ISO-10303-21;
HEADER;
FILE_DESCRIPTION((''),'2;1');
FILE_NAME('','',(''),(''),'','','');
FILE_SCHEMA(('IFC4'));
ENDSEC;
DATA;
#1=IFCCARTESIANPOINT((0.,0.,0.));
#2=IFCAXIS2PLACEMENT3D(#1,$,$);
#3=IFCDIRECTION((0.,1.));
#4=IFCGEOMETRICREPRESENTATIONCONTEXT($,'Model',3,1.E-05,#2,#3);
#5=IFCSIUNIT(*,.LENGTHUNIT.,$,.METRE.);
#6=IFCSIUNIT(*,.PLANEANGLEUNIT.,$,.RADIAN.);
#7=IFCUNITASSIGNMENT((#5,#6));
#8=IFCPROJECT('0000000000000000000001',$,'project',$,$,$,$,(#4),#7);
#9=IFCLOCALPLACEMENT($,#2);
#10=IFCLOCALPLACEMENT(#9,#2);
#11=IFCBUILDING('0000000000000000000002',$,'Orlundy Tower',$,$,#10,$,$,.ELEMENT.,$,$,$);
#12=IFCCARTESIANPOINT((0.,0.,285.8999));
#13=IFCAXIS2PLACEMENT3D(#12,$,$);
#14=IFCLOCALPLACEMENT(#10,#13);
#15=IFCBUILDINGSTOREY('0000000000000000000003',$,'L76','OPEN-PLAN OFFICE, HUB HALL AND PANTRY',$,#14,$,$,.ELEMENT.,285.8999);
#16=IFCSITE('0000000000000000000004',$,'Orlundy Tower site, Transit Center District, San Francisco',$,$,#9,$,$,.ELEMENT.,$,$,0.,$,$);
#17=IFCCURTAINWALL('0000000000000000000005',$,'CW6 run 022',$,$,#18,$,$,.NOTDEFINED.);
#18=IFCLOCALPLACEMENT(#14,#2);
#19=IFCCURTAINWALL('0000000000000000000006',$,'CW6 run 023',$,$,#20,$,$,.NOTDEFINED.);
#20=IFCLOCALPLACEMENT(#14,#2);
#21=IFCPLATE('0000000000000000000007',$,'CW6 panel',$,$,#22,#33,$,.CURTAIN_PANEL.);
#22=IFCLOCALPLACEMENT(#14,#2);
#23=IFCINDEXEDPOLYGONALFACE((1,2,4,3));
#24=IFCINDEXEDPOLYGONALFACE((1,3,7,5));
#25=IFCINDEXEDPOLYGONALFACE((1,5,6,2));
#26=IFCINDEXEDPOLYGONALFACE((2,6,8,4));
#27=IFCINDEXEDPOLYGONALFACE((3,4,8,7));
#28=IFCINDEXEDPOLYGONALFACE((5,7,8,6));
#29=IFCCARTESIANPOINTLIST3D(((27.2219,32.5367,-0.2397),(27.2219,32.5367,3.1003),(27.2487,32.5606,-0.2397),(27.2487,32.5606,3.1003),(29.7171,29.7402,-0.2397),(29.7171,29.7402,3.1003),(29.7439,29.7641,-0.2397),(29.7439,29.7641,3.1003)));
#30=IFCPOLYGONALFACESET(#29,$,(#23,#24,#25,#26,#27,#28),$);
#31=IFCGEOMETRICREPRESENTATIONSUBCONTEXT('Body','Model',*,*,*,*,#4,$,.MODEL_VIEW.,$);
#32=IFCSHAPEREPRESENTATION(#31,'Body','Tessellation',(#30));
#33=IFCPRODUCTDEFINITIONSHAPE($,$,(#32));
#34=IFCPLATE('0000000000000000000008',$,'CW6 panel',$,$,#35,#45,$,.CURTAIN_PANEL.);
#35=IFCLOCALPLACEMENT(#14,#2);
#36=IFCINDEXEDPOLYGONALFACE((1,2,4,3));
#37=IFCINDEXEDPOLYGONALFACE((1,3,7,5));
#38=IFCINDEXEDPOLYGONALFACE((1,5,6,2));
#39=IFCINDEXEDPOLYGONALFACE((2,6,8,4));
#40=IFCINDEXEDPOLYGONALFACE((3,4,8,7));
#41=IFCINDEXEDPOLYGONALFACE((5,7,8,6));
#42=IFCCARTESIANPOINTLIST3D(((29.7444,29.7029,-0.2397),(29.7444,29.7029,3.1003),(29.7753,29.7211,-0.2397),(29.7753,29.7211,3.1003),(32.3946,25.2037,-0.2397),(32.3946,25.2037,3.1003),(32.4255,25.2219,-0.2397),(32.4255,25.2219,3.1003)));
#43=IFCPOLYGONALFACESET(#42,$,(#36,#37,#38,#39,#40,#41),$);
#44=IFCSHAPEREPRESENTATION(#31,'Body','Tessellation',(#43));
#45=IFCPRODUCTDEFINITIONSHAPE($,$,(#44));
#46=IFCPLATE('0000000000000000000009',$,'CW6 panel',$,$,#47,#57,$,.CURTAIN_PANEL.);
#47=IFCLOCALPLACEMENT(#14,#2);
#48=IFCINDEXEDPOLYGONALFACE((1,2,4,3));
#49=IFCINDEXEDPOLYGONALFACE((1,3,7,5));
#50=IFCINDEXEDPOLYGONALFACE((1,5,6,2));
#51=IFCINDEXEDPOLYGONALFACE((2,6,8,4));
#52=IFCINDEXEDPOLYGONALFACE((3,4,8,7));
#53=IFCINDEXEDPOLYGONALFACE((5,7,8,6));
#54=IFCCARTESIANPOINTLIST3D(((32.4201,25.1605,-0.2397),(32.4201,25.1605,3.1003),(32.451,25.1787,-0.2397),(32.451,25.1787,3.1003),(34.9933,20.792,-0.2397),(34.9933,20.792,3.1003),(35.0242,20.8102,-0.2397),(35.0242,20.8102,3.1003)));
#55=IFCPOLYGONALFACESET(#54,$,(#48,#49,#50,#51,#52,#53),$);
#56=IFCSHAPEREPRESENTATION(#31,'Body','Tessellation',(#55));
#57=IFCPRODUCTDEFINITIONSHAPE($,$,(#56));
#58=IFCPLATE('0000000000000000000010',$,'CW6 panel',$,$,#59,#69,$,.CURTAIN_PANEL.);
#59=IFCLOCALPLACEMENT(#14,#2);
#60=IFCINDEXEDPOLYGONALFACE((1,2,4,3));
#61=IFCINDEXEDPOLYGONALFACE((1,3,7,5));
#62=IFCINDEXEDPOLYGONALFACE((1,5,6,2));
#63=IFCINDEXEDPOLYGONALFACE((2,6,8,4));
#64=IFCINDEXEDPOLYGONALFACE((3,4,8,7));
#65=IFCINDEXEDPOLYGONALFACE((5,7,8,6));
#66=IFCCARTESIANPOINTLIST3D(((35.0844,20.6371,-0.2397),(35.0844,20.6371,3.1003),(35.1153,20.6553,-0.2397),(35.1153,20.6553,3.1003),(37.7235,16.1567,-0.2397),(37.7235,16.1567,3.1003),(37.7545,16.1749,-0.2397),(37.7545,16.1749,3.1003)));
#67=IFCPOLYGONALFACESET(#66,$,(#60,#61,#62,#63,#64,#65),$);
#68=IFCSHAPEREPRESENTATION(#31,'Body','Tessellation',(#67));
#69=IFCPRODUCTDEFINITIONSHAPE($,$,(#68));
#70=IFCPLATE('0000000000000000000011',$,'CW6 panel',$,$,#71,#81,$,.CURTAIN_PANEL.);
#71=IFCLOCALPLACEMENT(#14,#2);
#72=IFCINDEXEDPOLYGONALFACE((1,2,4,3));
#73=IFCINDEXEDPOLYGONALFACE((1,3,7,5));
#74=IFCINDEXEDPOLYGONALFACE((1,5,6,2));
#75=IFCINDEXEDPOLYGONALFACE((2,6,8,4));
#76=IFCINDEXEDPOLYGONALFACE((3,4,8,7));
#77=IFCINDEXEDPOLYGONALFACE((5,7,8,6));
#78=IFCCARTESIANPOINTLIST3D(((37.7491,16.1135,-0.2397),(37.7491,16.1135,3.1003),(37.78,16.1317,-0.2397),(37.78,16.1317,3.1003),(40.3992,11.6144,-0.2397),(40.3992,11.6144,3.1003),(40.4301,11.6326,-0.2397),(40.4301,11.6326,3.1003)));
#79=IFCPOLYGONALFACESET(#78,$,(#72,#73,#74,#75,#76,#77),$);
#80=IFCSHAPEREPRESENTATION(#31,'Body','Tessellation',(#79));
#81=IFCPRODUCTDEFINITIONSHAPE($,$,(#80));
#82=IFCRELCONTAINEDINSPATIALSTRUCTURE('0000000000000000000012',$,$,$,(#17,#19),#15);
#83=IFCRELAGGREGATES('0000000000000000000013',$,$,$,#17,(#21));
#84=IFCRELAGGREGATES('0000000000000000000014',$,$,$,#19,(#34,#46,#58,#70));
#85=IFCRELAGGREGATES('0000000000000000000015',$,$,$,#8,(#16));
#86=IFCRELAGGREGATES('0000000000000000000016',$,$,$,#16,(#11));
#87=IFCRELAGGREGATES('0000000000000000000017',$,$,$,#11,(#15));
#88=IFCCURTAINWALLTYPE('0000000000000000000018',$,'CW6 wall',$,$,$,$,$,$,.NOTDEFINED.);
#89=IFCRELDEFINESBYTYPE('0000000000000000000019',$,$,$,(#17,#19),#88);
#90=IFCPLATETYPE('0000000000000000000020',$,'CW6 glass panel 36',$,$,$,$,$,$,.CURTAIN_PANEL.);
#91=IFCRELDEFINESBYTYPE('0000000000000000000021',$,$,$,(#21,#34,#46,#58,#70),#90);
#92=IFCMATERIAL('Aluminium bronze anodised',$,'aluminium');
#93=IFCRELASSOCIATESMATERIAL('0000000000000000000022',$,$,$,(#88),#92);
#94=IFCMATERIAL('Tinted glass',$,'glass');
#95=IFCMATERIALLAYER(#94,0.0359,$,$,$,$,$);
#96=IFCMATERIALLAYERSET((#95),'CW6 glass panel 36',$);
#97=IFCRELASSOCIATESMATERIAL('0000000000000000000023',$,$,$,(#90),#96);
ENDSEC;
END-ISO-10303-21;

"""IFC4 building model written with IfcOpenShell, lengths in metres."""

from ifc_helpers import new_model, si_unit, direction, frame, origin, origin_2d, place, context, subcontext, project, spatial, rectangle, extrude, material, layer, layer_set, type_object, element, aggregate, save


model = new_model("IFC4")

# Units and contexts
model_context = context("Model", 3, precision=1e-05, world=origin(), true_north=direction((0.0, 1.0)))
body_context = subcontext(model_context, "Body", "Model", "MODEL_VIEW")
ifc_project = project(units=[si_unit("LENGTHUNIT", "METRE"), si_unit("PLANEANGLEUNIT", "RADIAN")], contexts=[model_context])

# Site, building, storey
site_placement = place(None, origin())
site = spatial("IfcSite", under=ifc_project, at=site_placement, Name="Orlundy Tower site, Transit Center District, San Francisco", CompositionType="ELEMENT", RefElevation=0.0)
building_placement = place(site_placement, origin())
building = spatial("IfcBuilding", under=site, at=building_placement, Name="Orlundy Tower", CompositionType="ELEMENT")
storey_placement = place(building_placement, frame((0.0, 0.0, 285.8999)))
storey = spatial("IfcBuildingStorey", under=building, at=storey_placement, Name="L76", Description="OPEN-PLAN OFFICE, HUB HALL AND PANTRY", CompositionType="ELEMENT", Elevation=285.8999)

# Curtain wall
ifc_material_1 = material(Name="Aluminium bronze anodised", Category="aluminium")
curtain_wall_type = type_object("IfcCurtainWallType", Name="CW6 wall", PredefinedType="NOTDEFINED", material=ifc_material_1)
curtain_wall_1_placement = place(storey_placement, origin())
curtain_wall_1 = element("IfcCurtainWall", 1, at=curtain_wall_1_placement, inside=storey, type_object=curtain_wall_type, Name="CW6 run 022", PredefinedType="NOTDEFINED")

# Curtain wall
curtain_wall_2_placement = place(storey_placement, origin())
curtain_wall_2 = element("IfcCurtainWall", 2, at=curtain_wall_2_placement, inside=storey, type_object=curtain_wall_type, Name="CW6 run 023", PredefinedType="NOTDEFINED")

# Plates
ifc_material_2 = material(Name="Tinted glass", Category="glass")
ifc_layer = layer(ifc_material_2, 0.0359)
ifc_layer_set = layer_set([ifc_layer], Name="CW6 glass panel 36")
plate_type = type_object("IfcPlateType", Name="CW6 glass panel 36", PredefinedType="CURTAIN_PANEL", material=ifc_layer_set)
plate_1_placement = place(storey_placement, frame((28.4829, 31.1504, -0.2397), z_axis=(0.0, 0.0, 1.0), x_axis=(0.665769, -0.746158, 0.0)))
plate_1 = element("IfcPlate", 3, at=plate_1_placement, type_object=plate_type, Name="CW6 panel", PredefinedType="CURTAIN_PANEL", context=body_context, shape_type="SweptSolid", body=[
    extrude(rectangle(XDim=3.7478, YDim=0.0359, at=origin_2d()), origin(), (0.0, 0.0, 1.0), 3.3401),
])
aggregate(curtain_wall_1, [plate_1])
plate_2_placement = place(storey_placement, frame((31.085, 27.4624, -0.2397), z_axis=(0.0, 0.0, 1.0), x_axis=(0.507532, -0.861633, 0.0)))
plate_2 = element("IfcPlate", 4, at=plate_2_placement, type_object=plate_type, Name="CW6 panel", PredefinedType="CURTAIN_PANEL", context=body_context, shape_type="SweptSolid", body=[
    extrude(rectangle(XDim=5.2217, YDim=0.0359, at=origin_2d()), origin(), (0.0, 0.0, 1.0), 3.3401),
])
plate_3_placement = place(storey_placement, frame((33.7222, 22.9854, -0.2397), z_axis=(0.0, 0.0, 1.0), x_axis=(0.507532, -0.861633, 0.0)))
plate_3 = element("IfcPlate", 5, at=plate_3_placement, type_object=plate_type, Name="CW6 panel", PredefinedType="CURTAIN_PANEL", context=body_context, shape_type="SweptSolid", body=[
    extrude(rectangle(XDim=5.0701, YDim=0.0359, at=origin_2d()), origin(), (0.0, 0.0, 1.0), 3.3401),
])
plate_4_placement = place(storey_placement, frame((36.4194, 18.406, -0.2397), z_axis=(0.0, 0.0, 1.0), x_axis=(0.507532, -0.861633, 0.0)))
plate_4 = element("IfcPlate", 6, at=plate_4_placement, type_object=plate_type, Name="CW6 panel", PredefinedType="CURTAIN_PANEL", context=body_context, shape_type="SweptSolid", body=[
    extrude(rectangle(XDim=5.2, YDim=0.0359, at=origin_2d()), origin(), (0.0, 0.0, 1.0), 3.3401),
])
plate_5_placement = place(storey_placement, frame((39.0896, 13.873, -0.2397), z_axis=(0.0, 0.0, 1.0), x_axis=(0.507532, -0.861633, 0.0)))
plate_5 = element("IfcPlate", 7, at=plate_5_placement, type_object=plate_type, Name="CW6 panel", PredefinedType="CURTAIN_PANEL", context=body_context, shape_type="SweptSolid", body=[
    extrude(rectangle(XDim=5.2217, YDim=0.0359, at=origin_2d()), origin(), (0.0, 0.0, 1.0), 3.3401),
])
aggregate(curtain_wall_2, [plate_2, plate_3, plate_4, plate_5])

save(model, "model.ifc")
